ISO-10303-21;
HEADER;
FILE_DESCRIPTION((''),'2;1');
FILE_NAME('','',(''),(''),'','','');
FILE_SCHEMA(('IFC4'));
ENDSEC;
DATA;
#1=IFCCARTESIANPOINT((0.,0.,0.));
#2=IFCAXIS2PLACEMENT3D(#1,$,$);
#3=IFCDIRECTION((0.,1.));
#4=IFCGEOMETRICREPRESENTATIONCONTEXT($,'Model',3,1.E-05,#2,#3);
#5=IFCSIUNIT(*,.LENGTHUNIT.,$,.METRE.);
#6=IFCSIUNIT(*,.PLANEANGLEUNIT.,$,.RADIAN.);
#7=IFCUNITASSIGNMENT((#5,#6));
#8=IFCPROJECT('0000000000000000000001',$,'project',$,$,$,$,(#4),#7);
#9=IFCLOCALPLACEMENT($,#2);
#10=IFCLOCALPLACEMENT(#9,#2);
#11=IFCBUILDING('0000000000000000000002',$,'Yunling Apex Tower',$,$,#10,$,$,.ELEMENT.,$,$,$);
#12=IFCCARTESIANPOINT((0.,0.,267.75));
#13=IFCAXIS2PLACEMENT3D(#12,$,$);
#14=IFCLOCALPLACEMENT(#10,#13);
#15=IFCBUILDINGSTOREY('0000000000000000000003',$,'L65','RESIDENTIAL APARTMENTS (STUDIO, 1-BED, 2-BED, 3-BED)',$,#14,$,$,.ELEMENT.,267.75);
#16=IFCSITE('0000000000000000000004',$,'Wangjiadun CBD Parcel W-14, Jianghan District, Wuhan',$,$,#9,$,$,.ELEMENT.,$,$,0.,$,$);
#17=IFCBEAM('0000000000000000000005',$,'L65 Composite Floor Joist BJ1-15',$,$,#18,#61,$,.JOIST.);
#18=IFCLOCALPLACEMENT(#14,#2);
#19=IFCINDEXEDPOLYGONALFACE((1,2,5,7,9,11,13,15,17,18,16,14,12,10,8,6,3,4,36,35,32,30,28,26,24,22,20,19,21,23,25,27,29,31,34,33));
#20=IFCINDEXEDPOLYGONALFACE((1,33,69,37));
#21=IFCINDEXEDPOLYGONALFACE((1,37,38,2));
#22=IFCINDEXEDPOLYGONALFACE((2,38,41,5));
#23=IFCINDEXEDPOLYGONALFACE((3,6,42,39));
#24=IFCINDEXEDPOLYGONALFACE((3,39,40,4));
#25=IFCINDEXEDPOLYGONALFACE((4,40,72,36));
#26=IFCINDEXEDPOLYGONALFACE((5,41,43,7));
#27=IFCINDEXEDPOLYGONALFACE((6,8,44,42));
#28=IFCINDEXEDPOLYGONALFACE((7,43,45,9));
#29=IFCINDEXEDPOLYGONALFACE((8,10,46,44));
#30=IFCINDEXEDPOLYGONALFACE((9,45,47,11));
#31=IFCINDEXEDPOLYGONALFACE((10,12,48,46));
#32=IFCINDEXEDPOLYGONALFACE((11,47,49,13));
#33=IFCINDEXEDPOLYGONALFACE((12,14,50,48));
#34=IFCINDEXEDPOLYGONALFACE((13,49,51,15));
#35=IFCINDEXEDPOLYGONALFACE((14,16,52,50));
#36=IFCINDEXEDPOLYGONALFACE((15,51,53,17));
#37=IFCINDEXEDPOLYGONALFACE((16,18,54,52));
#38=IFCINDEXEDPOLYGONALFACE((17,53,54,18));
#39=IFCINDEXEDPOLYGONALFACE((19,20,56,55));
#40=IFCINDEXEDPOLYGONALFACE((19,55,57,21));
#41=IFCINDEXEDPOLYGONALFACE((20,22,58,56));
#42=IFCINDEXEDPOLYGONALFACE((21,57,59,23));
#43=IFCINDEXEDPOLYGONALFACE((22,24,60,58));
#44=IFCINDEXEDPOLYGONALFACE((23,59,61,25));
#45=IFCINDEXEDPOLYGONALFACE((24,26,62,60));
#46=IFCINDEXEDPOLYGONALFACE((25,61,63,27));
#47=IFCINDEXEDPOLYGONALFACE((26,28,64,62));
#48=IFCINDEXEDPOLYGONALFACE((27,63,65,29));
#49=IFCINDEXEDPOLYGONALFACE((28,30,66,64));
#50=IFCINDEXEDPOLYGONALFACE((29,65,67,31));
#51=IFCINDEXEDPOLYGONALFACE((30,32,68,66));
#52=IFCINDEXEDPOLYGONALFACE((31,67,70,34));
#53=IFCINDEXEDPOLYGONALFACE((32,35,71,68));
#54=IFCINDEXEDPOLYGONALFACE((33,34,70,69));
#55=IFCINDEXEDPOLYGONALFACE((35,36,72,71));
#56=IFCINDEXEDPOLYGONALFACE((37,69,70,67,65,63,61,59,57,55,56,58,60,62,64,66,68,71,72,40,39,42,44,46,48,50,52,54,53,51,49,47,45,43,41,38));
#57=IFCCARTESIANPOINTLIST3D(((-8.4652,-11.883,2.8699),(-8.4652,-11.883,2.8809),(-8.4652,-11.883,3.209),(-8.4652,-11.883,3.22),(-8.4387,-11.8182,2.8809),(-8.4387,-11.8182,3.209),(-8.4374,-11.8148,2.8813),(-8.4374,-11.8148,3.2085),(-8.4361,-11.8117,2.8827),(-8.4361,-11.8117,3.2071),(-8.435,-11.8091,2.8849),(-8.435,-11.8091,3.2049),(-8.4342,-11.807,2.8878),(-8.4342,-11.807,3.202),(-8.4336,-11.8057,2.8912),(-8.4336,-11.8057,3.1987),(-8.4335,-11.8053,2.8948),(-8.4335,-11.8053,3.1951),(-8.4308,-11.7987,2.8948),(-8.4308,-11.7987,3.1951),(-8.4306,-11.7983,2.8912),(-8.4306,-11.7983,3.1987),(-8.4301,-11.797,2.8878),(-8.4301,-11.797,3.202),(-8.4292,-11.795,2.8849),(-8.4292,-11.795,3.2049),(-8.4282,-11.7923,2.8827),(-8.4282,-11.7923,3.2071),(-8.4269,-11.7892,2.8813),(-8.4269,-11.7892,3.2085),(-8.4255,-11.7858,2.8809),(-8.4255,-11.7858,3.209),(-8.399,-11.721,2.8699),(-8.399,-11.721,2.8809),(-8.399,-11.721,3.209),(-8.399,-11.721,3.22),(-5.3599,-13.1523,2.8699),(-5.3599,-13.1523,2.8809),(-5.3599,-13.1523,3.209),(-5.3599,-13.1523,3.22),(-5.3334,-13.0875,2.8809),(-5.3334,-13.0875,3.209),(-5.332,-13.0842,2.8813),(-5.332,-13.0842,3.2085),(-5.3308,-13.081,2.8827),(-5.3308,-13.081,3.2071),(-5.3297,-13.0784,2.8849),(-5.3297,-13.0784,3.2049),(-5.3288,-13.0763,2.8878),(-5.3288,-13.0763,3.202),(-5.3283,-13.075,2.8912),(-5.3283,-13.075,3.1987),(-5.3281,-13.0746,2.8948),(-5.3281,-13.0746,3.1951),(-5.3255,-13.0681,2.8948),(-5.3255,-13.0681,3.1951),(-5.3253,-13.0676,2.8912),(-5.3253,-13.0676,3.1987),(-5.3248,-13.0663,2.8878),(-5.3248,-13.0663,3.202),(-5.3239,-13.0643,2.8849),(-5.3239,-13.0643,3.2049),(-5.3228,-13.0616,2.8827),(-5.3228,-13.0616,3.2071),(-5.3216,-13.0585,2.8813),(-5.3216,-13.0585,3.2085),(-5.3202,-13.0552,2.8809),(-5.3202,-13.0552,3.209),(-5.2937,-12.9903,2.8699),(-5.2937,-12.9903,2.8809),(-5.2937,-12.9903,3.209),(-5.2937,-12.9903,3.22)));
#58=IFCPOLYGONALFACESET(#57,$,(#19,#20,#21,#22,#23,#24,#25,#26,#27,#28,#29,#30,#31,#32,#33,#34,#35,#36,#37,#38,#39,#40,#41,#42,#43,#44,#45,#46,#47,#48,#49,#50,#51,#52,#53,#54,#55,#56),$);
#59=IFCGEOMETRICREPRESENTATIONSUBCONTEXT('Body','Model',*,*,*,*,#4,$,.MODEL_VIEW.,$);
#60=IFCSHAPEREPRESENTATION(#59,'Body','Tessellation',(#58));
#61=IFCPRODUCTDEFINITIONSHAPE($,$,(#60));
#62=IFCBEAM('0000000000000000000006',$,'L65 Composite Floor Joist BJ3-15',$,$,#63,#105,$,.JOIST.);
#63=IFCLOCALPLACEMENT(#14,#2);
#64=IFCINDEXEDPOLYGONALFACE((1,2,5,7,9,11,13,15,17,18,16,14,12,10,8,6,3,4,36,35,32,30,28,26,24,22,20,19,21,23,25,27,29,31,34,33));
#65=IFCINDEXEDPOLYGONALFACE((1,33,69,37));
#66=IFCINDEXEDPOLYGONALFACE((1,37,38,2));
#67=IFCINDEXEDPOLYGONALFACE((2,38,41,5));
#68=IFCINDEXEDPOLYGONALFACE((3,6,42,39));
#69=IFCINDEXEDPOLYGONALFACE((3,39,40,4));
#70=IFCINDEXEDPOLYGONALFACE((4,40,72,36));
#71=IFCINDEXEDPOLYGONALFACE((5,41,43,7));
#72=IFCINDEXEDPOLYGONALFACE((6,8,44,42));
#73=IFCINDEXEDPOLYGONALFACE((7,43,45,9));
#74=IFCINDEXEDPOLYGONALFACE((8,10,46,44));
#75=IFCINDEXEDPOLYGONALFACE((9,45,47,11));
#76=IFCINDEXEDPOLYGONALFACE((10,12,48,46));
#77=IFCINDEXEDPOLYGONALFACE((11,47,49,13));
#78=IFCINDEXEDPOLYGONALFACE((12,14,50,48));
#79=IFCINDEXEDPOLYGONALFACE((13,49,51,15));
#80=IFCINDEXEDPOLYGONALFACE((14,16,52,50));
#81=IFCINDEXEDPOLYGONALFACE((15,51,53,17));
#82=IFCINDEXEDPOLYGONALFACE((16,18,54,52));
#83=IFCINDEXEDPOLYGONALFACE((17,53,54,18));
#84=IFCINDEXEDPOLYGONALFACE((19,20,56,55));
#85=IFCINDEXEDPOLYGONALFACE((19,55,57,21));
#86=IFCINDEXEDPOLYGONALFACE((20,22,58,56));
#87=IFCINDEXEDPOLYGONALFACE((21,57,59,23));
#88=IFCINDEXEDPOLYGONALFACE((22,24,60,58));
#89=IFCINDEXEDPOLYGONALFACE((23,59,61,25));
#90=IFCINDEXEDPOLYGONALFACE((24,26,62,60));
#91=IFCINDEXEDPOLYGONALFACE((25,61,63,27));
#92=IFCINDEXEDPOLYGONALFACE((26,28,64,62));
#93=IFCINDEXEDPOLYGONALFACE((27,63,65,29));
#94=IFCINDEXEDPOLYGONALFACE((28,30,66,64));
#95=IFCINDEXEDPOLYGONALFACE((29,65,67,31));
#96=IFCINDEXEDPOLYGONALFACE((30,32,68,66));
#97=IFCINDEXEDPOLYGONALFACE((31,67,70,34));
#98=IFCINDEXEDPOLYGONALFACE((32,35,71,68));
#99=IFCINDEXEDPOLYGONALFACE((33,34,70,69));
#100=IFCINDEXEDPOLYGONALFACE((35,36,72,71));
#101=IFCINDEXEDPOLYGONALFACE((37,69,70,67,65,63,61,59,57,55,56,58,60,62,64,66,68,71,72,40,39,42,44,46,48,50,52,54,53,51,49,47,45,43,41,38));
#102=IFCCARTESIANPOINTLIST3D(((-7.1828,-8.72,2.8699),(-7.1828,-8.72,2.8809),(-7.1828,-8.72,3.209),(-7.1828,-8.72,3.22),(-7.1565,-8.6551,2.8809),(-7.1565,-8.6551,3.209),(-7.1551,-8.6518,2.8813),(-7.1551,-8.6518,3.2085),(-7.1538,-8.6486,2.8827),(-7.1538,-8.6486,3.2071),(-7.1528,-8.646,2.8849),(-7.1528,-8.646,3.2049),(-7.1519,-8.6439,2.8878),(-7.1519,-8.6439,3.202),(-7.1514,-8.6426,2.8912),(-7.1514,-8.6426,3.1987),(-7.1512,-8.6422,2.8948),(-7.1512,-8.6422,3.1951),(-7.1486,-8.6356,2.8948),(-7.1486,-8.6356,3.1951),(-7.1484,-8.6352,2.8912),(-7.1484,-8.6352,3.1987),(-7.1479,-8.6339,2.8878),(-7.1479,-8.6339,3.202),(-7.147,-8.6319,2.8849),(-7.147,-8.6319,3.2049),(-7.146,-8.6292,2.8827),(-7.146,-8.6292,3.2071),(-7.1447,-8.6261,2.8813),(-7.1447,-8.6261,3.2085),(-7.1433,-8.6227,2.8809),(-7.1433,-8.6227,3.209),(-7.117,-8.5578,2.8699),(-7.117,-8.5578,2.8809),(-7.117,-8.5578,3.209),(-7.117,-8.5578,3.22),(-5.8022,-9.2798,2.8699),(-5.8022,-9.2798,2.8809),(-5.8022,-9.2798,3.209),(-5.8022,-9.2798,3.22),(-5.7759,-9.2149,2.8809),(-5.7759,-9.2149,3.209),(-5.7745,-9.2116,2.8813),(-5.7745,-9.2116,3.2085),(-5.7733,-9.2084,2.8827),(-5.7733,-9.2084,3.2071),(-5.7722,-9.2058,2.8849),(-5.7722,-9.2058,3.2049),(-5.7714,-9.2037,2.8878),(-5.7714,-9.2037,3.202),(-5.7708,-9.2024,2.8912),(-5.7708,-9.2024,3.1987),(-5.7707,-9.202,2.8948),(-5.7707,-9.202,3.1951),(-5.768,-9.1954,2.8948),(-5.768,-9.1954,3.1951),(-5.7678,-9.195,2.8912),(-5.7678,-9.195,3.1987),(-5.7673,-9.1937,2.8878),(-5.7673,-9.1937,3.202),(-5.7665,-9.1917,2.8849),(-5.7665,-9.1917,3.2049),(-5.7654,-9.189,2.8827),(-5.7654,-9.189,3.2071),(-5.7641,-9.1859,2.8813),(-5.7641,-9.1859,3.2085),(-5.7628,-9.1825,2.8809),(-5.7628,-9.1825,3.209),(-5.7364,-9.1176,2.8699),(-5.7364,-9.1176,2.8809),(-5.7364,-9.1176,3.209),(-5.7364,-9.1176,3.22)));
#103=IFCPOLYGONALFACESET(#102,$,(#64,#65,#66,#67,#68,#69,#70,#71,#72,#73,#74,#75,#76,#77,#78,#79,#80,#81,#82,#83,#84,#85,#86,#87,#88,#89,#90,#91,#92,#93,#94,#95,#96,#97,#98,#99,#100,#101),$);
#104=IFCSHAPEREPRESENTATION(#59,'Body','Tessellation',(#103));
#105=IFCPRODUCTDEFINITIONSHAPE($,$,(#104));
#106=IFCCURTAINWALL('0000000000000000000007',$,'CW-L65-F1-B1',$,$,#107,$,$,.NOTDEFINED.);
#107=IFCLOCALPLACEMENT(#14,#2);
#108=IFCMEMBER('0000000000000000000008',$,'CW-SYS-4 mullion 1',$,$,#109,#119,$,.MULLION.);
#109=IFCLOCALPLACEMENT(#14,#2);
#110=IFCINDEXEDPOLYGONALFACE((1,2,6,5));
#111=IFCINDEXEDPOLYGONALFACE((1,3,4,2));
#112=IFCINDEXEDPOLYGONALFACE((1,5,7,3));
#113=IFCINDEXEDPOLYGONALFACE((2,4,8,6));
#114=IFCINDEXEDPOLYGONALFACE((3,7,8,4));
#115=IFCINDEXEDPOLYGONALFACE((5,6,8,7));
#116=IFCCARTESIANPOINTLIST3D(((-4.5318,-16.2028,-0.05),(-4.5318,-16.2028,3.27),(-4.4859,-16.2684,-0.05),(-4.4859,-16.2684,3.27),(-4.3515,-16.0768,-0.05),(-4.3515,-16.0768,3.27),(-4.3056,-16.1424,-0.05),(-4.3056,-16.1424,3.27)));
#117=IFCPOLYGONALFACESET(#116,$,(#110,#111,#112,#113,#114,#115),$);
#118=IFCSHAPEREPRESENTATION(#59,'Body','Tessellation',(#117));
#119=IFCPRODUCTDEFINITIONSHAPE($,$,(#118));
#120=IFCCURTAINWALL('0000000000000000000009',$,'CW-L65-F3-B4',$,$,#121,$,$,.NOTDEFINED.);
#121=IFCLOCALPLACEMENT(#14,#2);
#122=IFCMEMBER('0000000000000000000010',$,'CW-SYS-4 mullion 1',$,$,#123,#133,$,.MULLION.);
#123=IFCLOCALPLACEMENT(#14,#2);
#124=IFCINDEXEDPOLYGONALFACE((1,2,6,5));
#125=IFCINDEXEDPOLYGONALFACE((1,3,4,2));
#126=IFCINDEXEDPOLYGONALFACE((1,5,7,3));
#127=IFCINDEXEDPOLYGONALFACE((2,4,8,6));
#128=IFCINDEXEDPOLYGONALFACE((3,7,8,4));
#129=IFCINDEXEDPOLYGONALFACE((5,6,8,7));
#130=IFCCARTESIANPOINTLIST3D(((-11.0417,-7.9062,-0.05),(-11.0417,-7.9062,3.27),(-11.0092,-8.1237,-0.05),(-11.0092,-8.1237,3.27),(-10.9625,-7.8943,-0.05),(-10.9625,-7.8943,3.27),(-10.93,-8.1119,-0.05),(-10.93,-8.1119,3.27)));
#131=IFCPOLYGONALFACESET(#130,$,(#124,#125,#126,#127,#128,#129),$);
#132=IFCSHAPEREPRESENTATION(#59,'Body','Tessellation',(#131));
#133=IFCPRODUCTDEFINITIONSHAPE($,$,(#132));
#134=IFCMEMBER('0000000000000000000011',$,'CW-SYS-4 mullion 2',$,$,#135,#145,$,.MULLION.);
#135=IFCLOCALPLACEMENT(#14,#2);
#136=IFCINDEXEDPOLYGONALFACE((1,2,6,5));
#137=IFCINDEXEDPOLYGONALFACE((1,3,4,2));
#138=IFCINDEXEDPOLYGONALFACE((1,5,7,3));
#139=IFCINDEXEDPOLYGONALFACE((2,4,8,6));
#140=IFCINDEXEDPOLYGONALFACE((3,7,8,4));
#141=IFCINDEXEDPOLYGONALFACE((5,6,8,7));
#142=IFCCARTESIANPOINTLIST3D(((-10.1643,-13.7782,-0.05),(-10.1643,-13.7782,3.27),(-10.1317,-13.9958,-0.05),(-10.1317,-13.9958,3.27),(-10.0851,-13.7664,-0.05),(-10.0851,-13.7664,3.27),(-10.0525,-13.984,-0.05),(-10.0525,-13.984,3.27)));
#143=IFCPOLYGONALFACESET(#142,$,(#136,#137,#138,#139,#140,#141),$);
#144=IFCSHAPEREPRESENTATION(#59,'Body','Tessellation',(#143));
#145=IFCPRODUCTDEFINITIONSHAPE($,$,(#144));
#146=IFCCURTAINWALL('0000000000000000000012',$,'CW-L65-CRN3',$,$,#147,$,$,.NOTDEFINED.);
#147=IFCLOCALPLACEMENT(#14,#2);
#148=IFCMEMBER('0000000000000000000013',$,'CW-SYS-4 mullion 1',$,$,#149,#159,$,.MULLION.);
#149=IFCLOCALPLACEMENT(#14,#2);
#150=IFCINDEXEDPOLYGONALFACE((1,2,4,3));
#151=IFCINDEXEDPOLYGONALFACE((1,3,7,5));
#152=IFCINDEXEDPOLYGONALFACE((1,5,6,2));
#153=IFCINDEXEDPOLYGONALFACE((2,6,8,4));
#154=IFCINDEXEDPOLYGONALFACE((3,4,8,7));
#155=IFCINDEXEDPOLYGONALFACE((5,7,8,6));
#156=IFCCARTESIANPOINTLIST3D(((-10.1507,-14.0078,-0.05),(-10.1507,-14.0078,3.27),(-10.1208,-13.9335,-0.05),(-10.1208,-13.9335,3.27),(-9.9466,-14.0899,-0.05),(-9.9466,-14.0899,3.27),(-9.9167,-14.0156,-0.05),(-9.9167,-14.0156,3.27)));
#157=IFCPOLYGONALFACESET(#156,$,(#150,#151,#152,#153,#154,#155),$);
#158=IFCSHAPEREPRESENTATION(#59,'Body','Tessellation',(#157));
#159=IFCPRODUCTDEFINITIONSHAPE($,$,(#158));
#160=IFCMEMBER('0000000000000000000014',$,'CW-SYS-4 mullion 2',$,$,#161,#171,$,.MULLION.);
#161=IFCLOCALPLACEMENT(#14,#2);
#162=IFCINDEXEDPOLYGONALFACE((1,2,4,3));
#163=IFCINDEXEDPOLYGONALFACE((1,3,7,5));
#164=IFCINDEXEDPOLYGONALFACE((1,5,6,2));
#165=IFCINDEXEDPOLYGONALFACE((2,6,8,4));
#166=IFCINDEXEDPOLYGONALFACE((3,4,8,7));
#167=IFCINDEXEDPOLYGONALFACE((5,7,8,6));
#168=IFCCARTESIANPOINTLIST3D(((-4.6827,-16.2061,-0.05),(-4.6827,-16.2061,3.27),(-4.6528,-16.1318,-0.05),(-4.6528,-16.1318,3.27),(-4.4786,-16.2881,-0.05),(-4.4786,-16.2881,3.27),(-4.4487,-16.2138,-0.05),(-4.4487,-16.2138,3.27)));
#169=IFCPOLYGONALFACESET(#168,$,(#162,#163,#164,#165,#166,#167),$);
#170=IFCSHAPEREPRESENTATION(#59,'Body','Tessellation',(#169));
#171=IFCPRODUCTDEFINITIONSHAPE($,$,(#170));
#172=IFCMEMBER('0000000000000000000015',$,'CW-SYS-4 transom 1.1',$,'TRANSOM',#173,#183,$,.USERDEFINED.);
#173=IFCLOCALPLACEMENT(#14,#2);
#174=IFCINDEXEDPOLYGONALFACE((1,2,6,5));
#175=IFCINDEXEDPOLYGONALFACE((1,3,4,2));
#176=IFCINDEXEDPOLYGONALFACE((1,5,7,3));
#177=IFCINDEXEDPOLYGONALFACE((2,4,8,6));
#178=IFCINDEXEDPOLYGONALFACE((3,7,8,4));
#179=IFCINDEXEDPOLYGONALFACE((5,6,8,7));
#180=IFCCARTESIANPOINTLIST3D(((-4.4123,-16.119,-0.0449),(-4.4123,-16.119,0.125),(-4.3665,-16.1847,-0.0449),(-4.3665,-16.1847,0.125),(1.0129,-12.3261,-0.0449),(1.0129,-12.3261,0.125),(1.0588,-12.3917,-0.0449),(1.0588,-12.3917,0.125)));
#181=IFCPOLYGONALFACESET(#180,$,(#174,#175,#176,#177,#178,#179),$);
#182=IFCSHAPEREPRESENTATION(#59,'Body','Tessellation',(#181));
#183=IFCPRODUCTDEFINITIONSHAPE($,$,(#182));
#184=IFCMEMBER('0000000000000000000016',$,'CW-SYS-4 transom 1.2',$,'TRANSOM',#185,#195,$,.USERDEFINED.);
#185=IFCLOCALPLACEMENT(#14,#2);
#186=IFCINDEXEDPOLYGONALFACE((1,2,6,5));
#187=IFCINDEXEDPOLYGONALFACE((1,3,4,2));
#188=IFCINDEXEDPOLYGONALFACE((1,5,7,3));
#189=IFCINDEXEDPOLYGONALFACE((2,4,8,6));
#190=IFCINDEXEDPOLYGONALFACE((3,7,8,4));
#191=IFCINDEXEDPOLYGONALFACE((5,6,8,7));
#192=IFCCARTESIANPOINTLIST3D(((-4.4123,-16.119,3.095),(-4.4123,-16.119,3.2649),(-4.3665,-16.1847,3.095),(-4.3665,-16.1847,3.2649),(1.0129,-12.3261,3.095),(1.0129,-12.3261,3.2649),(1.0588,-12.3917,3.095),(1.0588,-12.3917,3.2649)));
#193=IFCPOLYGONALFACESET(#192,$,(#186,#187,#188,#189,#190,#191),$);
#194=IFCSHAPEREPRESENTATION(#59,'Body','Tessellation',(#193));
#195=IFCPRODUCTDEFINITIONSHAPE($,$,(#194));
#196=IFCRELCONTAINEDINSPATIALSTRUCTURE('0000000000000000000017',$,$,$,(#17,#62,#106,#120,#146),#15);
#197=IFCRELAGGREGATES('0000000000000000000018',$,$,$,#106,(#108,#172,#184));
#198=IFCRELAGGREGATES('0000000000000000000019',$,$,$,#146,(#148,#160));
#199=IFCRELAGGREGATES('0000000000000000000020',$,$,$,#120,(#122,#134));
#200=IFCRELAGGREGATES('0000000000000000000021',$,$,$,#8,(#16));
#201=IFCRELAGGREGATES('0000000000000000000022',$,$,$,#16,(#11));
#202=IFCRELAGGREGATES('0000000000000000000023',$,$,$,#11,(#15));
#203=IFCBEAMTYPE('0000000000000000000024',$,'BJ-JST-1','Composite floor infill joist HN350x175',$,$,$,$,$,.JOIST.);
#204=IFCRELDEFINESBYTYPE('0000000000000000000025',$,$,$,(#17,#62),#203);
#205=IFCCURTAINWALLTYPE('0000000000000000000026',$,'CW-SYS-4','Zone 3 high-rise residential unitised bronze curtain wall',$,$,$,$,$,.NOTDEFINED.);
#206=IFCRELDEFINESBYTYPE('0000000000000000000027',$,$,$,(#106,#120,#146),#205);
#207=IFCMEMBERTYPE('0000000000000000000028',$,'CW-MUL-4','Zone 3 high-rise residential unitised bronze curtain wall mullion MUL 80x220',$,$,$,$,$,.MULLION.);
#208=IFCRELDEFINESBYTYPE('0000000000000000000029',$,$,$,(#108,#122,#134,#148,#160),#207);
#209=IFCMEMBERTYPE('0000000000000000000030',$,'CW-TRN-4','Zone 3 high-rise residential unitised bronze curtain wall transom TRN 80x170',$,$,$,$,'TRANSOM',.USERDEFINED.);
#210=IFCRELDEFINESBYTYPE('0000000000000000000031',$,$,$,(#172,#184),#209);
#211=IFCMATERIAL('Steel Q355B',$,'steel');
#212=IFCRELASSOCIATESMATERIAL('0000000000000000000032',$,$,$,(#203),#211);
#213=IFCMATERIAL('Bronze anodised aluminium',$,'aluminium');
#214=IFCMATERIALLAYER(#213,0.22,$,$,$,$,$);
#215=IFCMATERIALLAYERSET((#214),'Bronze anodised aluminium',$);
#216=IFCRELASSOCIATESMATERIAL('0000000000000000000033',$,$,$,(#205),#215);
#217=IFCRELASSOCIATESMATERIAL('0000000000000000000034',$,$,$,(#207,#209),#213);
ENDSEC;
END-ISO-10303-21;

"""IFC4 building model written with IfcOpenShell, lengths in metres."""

from ifc_helpers import new_model, si_unit, direction, frame, origin, origin_2d, place, context, subcontext, project, spatial, rectangle, i_section, extrude, source, transform, mapped, material, layer, layer_set, material_profile, profile_set, type_object, element, aggregate, save


model = new_model("IFC4")

# Units and contexts
model_context = context("Model", 3, precision=1e-05, world=origin(), true_north=direction((0.0, 1.0)))
body_context = subcontext(model_context, "Body", "Model", "MODEL_VIEW")
ifc_project = project(units=[si_unit("LENGTHUNIT", "METRE"), si_unit("PLANEANGLEUNIT", "RADIAN")], contexts=[model_context])

# Site, building, storey
site_placement = place(None, origin())
site = spatial("IfcSite", under=ifc_project, at=site_placement, Name="Wangjiadun CBD Parcel W-14, Jianghan District, Wuhan", CompositionType="ELEMENT", RefElevation=0.0)
building_placement = place(site_placement, origin())
building = spatial("IfcBuilding", under=site, at=building_placement, Name="Yunling Apex Tower", CompositionType="ELEMENT")
storey_placement = place(building_placement, frame((0.0, 0.0, 267.75)))
storey = spatial("IfcBuildingStorey", under=building, at=storey_placement, Name="L65", Description="RESIDENTIAL APARTMENTS (STUDIO, 1-BED, 2-BED, 3-BED)", CompositionType="ELEMENT", Elevation=267.75)

# Shared definitions
ifc_material_1 = material(Name="Steel Q355B", Category="steel")

# Beams
ifc_material_profile_1 = material_profile(ifc_material_1, i_section(OverallWidth=0.175, OverallDepth=0.3501, WebThickness=0.0071, FlangeThickness=0.011, FilletRadius=0.0139, at=origin_2d()))
ifc_profile_set_1 = profile_set([ifc_material_profile_1], Name="Steel Q355B")
beam_type_1 = type_object("IfcBeamType", Name="BJ-JST-1", Description="Composite floor infill joist HN350x175", PredefinedType="JOIST", material=ifc_profile_set_1)
shared_shape_1 = source(origin(), body_context, "Body", "SweptSolid", [
    extrude(i_section(OverallWidth=0.175, OverallDepth=0.3501, WebThickness=0.0071, FlangeThickness=0.011, FilletRadius=0.0139, at=origin_2d()), origin(), (0.0, 0.0, 1.0), 3.3547),
])
beam_1_placement = place(storey_placement, frame((-8.4321, -11.802, 3.0449), z_axis=(0.925655, -0.378369, 0.0), x_axis=(0.378369, 0.925655, 0.0)))
element("IfcBeam", 1, at=beam_1_placement, inside=storey, type_object=beam_type_1, Name="L65 Composite Floor Joist BJ1-15", PredefinedType="JOIST", context=body_context, shape_type="MappedRepresentation", body=[
    mapped(shared_shape_1, transform((0.0, 0.0, 0.0), scale=1.0)),
])
shared_shape_2 = source(origin(), body_context, "Body", "SweptSolid", [
    extrude(i_section(OverallWidth=0.175, OverallDepth=0.3501, WebThickness=0.0071, FlangeThickness=0.011, FilletRadius=0.0139, at=origin_2d()), origin(), (0.0, 0.0, 1.0), 1.4897),
])
beam_2_placement = place(storey_placement, frame((-7.1499, -8.6389, 3.0449), z_axis=(0.926715, -0.375766, 0.0), x_axis=(0.375766, 0.926715, 0.0)))
element("IfcBeam", 2, at=beam_2_placement, inside=storey, type_object=beam_type_1, Name="L65 Composite Floor Joist BJ3-15", PredefinedType="JOIST", context=body_context, shape_type="MappedRepresentation", body=[
    mapped(shared_shape_2, transform((0.0, 0.0, 0.0), scale=1.0)),
])

# Curtain wall, member
ifc_material_2 = material(Name="Bronze anodised aluminium", Category="aluminium")
ifc_layer_1 = layer(ifc_material_2, 0.22)
ifc_layer_set_1 = layer_set([ifc_layer_1], Name="Bronze anodised aluminium")
curtain_wall_type = type_object("IfcCurtainWallType", Name="CW-SYS-4", Description="Zone 3 high-rise residential unitised bronze curtain wall", PredefinedType="NOTDEFINED", material=ifc_layer_set_1)
curtain_wall_1_placement = place(storey_placement, origin())
curtain_wall_1 = element("IfcCurtainWall", 3, at=curtain_wall_1_placement, inside=storey, type_object=curtain_wall_type, Name="CW-L65-F1-B1", PredefinedType="NOTDEFINED")
ifc_material_profile_2 = material_profile(ifc_material_2, rectangle(XDim=0.0801, YDim=0.22, at=origin_2d()))
ifc_profile_set_2 = profile_set([ifc_material_profile_2], Name="Bronze anodised aluminium")
member_type_1 = type_object("IfcMemberType", Name="CW-MUL-4", Description="Zone 3 high-rise residential unitised bronze curtain wall mullion MUL 80x220", PredefinedType="MULLION", material=ifc_profile_set_2)
shared_shape_3 = source(origin(), body_context, "Body", "SweptSolid", [
    extrude(rectangle(XDim=0.0801, YDim=0.22, at=origin_2d()), origin(), (0.0, 0.0, 1.0), 3.3201),
])
member_1_placement = place(storey_placement, frame((-4.4187, -16.1726, -0.05), z_axis=(0.0, 0.0, 1.0), x_axis=(-0.573, 0.819555, 0.0)))
member_1 = element("IfcMember", 4, at=member_1_placement, type_object=member_type_1, Name="CW-SYS-4 mullion 1", PredefinedType="MULLION", context=body_context, shape_type="MappedRepresentation", body=[
    mapped(shared_shape_3, transform((0.0, 0.0, 0.0), scale=1.0)),
])

# Curtain walls, members
curtain_wall_2_placement = place(storey_placement, origin())
curtain_wall_2 = element("IfcCurtainWall", 5, at=curtain_wall_2_placement, inside=storey, type_object=curtain_wall_type, Name="CW-L65-F3-B4", PredefinedType="NOTDEFINED")
member_2_placement = place(storey_placement, frame((-10.9858, -8.009, -0.05), z_axis=(0.0, 0.0, 1.0), x_axis=(0.989019, 0.147791, 0.0)))
member_2 = element("IfcMember", 6, at=member_2_placement, type_object=member_type_1, Name="CW-SYS-4 mullion 1", PredefinedType="MULLION", context=body_context, shape_type="MappedRepresentation", body=[
    mapped(shared_shape_3, transform((0.0, 0.0, 0.0), scale=1.0)),
])
member_3_placement = place(storey_placement, frame((-10.1084, -13.8811, -0.05), z_axis=(0.0, 0.0, 1.0), x_axis=(0.989019, 0.147791, 0.0)))
member_3 = element("IfcMember", 7, at=member_3_placement, type_object=member_type_1, Name="CW-SYS-4 mullion 2", PredefinedType="MULLION", context=body_context, shape_type="MappedRepresentation", body=[
    mapped(shared_shape_3, transform((0.0, 0.0, 0.0), scale=1.0)),
])
curtain_wall_3_placement = place(storey_placement, origin())
curtain_wall_3 = element("IfcCurtainWall", 8, at=curtain_wall_3_placement, inside=storey, type_object=curtain_wall_type, Name="CW-L65-CRN3", PredefinedType="NOTDEFINED")
member_4_placement = place(storey_placement, frame((-10.0337, -14.0117, -0.05), z_axis=(0.0, 0.0, 1.0), x_axis=(0.373009, 0.927828, 0.0)))
member_4 = element("IfcMember", 9, at=member_4_placement, type_object=member_type_1, Name="CW-SYS-4 mullion 1", PredefinedType="MULLION", context=body_context, shape_type="MappedRepresentation", body=[
    mapped(shared_shape_3, transform((0.0, 0.0, 0.0), scale=1.0)),
])
member_5_placement = place(storey_placement, frame((-4.5657, -16.21, -0.05), z_axis=(0.0, 0.0, 1.0), x_axis=(0.373009, 0.927828, 0.0)))
member_5 = element("IfcMember", 10, at=member_5_placement, type_object=member_type_1, Name="CW-SYS-4 mullion 2", PredefinedType="MULLION", context=body_context, shape_type="MappedRepresentation", body=[
    mapped(shared_shape_3, transform((0.0, 0.0, 0.0), scale=1.0)),
])

# Members
ifc_material_profile_3 = material_profile(ifc_material_2, rectangle(XDim=0.0801, YDim=0.1699, at=origin_2d()))
ifc_profile_set_3 = profile_set([ifc_material_profile_3], Name="Bronze anodised aluminium")
member_type_2 = type_object("IfcMemberType", Name="CW-TRN-4", Description="Zone 3 high-rise residential unitised bronze curtain wall transom TRN 80x170", ElementType="TRANSOM", PredefinedType="USERDEFINED", material=ifc_profile_set_3)
shared_shape_4 = source(origin(), body_context, "Body", "SweptSolid", [
    extrude(rectangle(XDim=0.0801, YDim=0.1699, at=origin_2d()), origin(), (0.0, 0.0, 1.0), 6.6196),
])
member_6_placement = place(storey_placement, frame((-4.3894, -16.1519, 0.04), z_axis=(0.819568, 0.572982, 0.0), x_axis=(-0.572982, 0.819568, 0.0)))
member_6 = element("IfcMember", 11, at=member_6_placement, type_object=member_type_2, Name="CW-SYS-4 transom 1.1", ObjectType="TRANSOM", PredefinedType="USERDEFINED", context=body_context, shape_type="MappedRepresentation", body=[
    mapped(shared_shape_4, transform((0.0, 0.0, 0.0), scale=1.0)),
])
member_7_placement = place(storey_placement, frame((-4.3894, -16.1519, 3.1799), z_axis=(0.819568, 0.572982, 0.0), x_axis=(-0.572982, 0.819568, 0.0)))
member_7 = element("IfcMember", 12, at=member_7_placement, type_object=member_type_2, Name="CW-SYS-4 transom 1.2", ObjectType="TRANSOM", PredefinedType="USERDEFINED", context=body_context, shape_type="MappedRepresentation", body=[
    mapped(shared_shape_4, transform((0.0, 0.0, 0.0), scale=1.0)),
])
aggregate(curtain_wall_1, [member_1, member_6, member_7])

aggregate(curtain_wall_3, [member_4, member_5])
aggregate(curtain_wall_2, [member_2, member_3])

save(model, "model.ifc")
